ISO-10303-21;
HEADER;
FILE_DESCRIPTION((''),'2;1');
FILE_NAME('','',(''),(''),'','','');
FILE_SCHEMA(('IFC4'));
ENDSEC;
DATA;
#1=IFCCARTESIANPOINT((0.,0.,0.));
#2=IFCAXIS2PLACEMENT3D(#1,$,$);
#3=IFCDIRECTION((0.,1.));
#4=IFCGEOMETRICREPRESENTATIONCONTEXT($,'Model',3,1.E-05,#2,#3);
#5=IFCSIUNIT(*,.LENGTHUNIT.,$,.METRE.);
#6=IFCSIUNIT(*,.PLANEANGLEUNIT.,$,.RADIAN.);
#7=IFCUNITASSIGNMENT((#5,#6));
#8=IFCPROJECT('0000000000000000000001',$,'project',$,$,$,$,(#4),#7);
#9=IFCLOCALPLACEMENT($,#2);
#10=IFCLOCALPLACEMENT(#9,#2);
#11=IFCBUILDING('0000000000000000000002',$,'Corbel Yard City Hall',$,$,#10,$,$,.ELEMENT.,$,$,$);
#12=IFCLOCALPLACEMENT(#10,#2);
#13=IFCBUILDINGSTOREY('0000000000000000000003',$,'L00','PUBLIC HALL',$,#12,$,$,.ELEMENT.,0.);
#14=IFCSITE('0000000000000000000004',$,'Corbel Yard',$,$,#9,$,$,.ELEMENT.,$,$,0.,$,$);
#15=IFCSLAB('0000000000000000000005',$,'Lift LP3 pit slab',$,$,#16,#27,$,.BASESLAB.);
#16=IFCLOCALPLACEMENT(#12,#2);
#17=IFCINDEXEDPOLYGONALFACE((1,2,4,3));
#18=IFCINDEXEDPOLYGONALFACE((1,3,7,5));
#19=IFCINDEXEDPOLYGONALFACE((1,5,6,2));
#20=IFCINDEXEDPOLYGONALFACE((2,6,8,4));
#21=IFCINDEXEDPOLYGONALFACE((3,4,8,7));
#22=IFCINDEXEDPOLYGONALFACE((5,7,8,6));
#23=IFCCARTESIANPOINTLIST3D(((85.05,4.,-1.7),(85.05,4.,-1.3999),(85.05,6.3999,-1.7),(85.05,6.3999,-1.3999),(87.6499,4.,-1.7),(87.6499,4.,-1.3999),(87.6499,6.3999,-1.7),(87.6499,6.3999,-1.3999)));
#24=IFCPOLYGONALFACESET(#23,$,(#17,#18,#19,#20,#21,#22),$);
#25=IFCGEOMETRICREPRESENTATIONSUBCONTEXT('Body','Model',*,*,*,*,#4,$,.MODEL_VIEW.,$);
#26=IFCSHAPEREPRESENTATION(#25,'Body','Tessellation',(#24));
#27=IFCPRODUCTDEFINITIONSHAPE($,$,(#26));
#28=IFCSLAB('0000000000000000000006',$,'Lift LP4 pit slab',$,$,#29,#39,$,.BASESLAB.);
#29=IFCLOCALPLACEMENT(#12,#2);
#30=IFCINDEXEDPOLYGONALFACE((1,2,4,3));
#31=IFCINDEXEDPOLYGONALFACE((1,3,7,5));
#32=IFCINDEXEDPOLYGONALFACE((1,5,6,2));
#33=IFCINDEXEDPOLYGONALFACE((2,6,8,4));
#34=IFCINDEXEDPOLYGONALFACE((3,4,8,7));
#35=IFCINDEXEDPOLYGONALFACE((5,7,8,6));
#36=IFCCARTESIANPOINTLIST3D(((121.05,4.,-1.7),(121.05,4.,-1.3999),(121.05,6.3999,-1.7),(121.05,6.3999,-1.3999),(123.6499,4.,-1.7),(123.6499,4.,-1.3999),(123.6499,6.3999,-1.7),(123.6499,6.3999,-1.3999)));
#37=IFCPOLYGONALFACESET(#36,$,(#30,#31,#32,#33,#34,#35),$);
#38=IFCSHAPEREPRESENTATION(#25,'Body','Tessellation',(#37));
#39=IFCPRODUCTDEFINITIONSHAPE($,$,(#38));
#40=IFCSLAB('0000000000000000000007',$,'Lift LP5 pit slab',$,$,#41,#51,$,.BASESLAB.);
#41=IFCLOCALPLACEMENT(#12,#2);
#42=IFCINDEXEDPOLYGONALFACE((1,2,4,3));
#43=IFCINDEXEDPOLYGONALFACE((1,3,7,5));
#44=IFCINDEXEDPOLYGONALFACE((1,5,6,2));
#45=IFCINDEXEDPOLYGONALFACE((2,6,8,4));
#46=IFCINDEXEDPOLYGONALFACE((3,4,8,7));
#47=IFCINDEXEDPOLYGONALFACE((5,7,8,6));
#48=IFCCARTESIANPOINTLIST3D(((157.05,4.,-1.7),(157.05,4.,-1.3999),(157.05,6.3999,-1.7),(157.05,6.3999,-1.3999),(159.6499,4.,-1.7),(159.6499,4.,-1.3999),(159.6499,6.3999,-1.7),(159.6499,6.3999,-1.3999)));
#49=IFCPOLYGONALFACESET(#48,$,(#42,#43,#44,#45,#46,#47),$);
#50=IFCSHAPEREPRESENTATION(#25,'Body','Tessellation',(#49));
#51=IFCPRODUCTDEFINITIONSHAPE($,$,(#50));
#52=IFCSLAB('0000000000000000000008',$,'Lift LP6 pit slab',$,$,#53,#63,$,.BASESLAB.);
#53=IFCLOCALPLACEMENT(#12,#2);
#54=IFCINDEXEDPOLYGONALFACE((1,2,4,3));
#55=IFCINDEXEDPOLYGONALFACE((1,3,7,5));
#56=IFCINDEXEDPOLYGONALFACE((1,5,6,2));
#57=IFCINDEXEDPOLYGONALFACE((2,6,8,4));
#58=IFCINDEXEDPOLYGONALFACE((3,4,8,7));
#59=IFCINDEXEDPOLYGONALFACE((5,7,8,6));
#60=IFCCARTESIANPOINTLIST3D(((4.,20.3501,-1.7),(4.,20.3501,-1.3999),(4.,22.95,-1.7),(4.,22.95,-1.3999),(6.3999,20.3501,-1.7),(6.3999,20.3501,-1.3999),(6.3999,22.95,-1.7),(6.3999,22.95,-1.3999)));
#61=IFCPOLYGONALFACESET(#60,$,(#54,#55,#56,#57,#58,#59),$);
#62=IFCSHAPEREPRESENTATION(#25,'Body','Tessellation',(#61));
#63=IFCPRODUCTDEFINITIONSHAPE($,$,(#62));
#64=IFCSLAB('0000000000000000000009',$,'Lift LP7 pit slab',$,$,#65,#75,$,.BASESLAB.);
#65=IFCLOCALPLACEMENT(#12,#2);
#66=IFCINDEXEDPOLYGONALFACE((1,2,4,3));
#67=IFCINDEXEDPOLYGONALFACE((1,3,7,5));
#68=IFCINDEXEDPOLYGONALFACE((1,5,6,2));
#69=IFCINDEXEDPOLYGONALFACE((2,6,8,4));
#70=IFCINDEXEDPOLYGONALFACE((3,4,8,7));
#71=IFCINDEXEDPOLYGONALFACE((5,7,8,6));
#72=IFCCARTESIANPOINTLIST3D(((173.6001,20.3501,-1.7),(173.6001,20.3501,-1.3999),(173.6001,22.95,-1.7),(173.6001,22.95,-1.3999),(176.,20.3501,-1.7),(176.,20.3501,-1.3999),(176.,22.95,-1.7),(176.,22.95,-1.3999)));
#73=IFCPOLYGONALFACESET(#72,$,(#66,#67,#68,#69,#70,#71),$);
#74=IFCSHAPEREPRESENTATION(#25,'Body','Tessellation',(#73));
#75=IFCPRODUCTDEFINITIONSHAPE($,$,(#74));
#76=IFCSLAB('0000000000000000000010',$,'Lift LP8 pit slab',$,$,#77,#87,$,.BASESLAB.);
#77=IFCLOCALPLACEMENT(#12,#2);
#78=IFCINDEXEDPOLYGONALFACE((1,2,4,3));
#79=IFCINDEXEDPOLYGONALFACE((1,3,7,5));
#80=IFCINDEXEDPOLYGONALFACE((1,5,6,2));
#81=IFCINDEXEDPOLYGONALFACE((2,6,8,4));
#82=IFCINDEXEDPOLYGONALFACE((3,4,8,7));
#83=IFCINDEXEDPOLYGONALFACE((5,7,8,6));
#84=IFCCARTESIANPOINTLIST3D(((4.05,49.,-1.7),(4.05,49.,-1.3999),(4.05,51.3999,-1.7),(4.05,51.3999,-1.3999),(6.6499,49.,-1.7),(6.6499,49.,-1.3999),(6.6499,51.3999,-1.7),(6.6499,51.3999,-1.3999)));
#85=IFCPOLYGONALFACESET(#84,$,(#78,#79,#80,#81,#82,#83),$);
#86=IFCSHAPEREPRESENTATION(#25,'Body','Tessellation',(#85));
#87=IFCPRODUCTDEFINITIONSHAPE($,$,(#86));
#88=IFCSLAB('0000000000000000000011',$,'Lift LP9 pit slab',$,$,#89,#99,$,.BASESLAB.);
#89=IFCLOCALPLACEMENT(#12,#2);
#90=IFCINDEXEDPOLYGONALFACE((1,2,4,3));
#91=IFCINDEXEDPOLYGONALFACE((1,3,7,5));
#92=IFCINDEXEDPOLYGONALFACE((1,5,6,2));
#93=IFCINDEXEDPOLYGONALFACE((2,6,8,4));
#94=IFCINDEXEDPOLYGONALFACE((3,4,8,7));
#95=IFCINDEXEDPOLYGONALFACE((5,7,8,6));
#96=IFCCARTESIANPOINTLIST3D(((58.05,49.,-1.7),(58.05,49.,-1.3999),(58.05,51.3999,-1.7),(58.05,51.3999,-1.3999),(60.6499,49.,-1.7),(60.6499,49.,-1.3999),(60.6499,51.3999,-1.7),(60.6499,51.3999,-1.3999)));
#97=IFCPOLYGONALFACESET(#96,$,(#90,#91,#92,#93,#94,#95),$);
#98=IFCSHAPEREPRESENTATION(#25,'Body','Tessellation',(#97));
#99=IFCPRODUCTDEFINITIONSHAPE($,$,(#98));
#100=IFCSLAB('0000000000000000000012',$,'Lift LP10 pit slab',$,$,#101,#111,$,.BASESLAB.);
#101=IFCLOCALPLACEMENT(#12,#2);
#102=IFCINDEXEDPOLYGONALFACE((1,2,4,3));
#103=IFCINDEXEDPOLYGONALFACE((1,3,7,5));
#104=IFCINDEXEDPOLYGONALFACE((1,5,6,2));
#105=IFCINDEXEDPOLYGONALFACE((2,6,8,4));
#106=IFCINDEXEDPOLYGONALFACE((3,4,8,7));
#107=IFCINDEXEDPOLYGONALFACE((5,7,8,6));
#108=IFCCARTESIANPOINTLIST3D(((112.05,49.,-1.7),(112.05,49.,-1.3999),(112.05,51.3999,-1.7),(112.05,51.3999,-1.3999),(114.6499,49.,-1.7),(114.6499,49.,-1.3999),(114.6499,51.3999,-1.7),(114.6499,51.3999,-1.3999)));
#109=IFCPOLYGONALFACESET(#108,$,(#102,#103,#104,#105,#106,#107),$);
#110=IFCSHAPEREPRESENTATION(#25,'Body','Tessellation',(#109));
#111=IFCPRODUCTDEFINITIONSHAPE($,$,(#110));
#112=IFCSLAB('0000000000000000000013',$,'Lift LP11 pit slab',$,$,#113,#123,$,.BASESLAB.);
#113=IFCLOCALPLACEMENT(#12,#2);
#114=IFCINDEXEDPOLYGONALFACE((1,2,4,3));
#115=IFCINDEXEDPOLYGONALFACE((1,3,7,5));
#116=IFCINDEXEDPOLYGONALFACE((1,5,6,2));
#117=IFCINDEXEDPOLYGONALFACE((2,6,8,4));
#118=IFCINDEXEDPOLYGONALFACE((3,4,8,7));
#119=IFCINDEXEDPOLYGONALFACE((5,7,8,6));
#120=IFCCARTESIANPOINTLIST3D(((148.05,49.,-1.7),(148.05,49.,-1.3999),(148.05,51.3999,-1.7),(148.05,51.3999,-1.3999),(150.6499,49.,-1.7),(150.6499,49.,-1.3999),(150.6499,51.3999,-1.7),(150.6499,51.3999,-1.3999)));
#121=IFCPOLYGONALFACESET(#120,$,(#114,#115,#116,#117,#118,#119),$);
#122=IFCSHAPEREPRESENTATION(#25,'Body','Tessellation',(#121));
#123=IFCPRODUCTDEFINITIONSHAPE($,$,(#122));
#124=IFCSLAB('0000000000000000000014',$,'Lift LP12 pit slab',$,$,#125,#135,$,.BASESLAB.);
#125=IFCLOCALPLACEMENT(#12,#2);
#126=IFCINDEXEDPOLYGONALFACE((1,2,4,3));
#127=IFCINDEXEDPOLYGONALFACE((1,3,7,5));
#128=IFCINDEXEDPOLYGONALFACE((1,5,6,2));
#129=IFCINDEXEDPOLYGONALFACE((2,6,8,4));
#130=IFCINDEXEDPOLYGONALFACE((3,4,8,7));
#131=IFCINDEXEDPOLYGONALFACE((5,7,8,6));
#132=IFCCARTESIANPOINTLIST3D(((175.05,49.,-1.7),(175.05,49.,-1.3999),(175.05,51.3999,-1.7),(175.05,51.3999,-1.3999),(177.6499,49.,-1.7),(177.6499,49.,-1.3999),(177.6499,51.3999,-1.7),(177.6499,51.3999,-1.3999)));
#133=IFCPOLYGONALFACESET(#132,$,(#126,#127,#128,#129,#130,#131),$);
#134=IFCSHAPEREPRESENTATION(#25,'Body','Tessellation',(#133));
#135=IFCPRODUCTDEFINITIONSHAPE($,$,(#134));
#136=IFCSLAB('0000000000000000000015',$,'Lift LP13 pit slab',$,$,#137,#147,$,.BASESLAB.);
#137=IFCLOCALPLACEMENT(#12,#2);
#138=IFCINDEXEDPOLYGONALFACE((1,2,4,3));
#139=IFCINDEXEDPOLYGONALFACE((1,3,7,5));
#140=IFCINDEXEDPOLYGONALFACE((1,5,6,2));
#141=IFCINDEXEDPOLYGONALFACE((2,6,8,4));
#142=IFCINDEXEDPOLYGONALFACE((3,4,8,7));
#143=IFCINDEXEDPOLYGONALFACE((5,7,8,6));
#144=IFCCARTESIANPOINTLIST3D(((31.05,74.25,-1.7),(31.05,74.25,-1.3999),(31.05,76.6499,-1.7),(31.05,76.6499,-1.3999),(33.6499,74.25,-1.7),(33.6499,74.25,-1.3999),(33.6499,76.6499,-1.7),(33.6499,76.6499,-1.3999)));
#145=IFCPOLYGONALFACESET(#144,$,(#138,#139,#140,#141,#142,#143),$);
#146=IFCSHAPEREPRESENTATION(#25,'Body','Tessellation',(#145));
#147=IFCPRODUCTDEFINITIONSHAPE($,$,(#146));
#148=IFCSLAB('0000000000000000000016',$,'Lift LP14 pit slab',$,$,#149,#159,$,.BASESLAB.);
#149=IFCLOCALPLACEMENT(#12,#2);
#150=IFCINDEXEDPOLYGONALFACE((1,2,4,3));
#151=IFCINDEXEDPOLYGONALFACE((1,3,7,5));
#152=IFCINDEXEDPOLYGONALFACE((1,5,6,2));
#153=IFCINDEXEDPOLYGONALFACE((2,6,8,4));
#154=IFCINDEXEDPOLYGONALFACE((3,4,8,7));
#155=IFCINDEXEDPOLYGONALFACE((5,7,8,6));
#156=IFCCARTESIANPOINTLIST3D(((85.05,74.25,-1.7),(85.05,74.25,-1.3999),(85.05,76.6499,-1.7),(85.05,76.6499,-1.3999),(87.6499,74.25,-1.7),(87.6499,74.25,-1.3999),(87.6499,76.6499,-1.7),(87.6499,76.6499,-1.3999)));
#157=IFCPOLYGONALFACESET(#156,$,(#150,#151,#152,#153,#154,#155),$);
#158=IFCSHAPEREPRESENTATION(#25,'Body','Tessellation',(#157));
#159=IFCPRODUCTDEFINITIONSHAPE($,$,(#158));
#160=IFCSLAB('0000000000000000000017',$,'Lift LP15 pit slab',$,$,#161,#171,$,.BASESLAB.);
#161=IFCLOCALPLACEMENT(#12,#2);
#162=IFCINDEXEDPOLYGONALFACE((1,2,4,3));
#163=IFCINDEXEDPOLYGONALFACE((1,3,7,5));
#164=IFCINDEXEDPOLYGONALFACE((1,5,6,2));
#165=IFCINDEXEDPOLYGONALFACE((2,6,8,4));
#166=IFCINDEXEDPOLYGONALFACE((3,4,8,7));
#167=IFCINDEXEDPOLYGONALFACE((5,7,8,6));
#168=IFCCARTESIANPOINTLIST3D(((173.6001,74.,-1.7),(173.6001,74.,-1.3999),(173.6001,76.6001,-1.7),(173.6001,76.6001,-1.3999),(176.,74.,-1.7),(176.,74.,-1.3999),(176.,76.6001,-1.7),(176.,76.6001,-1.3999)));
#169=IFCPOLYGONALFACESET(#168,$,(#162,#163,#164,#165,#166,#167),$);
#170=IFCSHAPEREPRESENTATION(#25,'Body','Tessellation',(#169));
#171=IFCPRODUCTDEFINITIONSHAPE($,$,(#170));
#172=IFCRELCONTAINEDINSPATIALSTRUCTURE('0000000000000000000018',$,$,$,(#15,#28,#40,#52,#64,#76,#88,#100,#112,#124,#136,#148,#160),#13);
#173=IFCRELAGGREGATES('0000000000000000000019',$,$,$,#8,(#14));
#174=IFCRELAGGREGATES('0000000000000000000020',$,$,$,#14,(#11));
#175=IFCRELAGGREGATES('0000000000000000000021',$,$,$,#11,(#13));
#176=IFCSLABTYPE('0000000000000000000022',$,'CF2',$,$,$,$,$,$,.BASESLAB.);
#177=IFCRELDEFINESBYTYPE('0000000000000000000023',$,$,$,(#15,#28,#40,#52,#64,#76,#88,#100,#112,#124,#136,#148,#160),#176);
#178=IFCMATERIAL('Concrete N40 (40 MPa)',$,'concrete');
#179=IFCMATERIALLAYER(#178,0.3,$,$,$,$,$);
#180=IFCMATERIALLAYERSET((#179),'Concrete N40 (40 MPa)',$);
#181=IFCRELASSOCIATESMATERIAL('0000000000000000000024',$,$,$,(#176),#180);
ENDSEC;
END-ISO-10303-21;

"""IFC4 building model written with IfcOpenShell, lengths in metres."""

from ifc_helpers import new_model, si_unit, direction, frame, origin, place, context, subcontext, project, spatial, polyline, outline, extrude, material, layer, layer_set, type_object, element, save


model = new_model("IFC4")

# Units and contexts
model_context = context("Model", 3, precision=1e-05, world=origin(), true_north=direction((0.0, 1.0)))
body_context = subcontext(model_context, "Body", "Model", "MODEL_VIEW")
ifc_project = project(units=[si_unit("LENGTHUNIT", "METRE"), si_unit("PLANEANGLEUNIT", "RADIAN")], contexts=[model_context])

# Site, building, storey
site_placement = place(None, origin())
site = spatial("IfcSite", under=ifc_project, at=site_placement, Name="Corbel Yard", CompositionType="ELEMENT", RefElevation=0.0)
building_placement = place(site_placement, origin())
building = spatial("IfcBuilding", under=site, at=building_placement, Name="Corbel Yard City Hall", CompositionType="ELEMENT")
storey_placement = place(building_placement, origin())
storey = spatial("IfcBuildingStorey", under=building, at=storey_placement, Name="L00", Description="PUBLIC HALL", CompositionType="ELEMENT", Elevation=0.0)

# Shared definitions
ifc_material = material(Name="Concrete N40 (40 MPa)", Category="concrete")

# Slabs
ifc_layer = layer(ifc_material, 0.3)
ifc_layer_set = layer_set([ifc_layer], Name="Concrete N40 (40 MPa)")
slab_type = type_object("IfcSlabType", Name="CF2", PredefinedType="BASESLAB", material=ifc_layer_set)
slab_1_placement = place(storey_placement, frame((0.0, 0.0, -1.7)))
element("IfcSlab", 1, at=slab_1_placement, inside=storey, type_object=slab_type, Name="Lift LP3 pit slab", PredefinedType="BASESLAB", context=body_context, shape_type="SweptSolid", body=[
    extrude(outline(polyline([(85.05, 4.0), (87.6499, 4.0), (87.6499, 6.3999), (85.05, 6.3999), (85.05, 4.0)])), origin(), (0.0, 0.0, 1.0), 0.3),
])
slab_2_placement = place(storey_placement, frame((0.0, 0.0, -1.7)))
element("IfcSlab", 2, at=slab_2_placement, inside=storey, type_object=slab_type, Name="Lift LP4 pit slab", PredefinedType="BASESLAB", context=body_context, shape_type="SweptSolid", body=[
    extrude(outline(polyline([(121.05, 4.0), (123.6499, 4.0), (123.6499, 6.3999), (121.05, 6.3999), (121.05, 4.0)])), origin(), (0.0, 0.0, 1.0), 0.3),
])
slab_3_placement = place(storey_placement, frame((0.0, 0.0, -1.7)))
element("IfcSlab", 3, at=slab_3_placement, inside=storey, type_object=slab_type, Name="Lift LP5 pit slab", PredefinedType="BASESLAB", context=body_context, shape_type="SweptSolid", body=[
    extrude(outline(polyline([(157.05, 4.0), (159.6499, 4.0), (159.6499, 6.3999), (157.05, 6.3999), (157.05, 4.0)])), origin(), (0.0, 0.0, 1.0), 0.3),
])
slab_4_placement = place(storey_placement, frame((0.0, 0.0, -1.7)))
element("IfcSlab", 4, at=slab_4_placement, inside=storey, type_object=slab_type, Name="Lift LP6 pit slab", PredefinedType="BASESLAB", context=body_context, shape_type="SweptSolid", body=[
    extrude(outline(polyline([(4.0, 20.3501), (6.3999, 20.3501), (6.3999, 22.95), (4.0, 22.95), (4.0, 20.3501)])), origin(), (0.0, 0.0, 1.0), 0.3),
])
slab_5_placement = place(storey_placement, frame((0.0, 0.0, -1.7)))
element("IfcSlab", 5, at=slab_5_placement, inside=storey, type_object=slab_type, Name="Lift LP7 pit slab", PredefinedType="BASESLAB", context=body_context, shape_type="SweptSolid", body=[
    extrude(outline(polyline([(173.6001, 20.3501), (176.0, 20.3501), (176.0, 22.95), (173.6001, 22.95), (173.6001, 20.3501)])), origin(), (0.0, 0.0, 1.0), 0.3),
])
slab_6_placement = place(storey_placement, frame((0.0, 0.0, -1.7)))
element("IfcSlab", 6, at=slab_6_placement, inside=storey, type_object=slab_type, Name="Lift LP8 pit slab", PredefinedType="BASESLAB", context=body_context, shape_type="SweptSolid", body=[
    extrude(outline(polyline([(4.05, 49.0), (6.6499, 49.0), (6.6499, 51.3999), (4.05, 51.3999), (4.05, 49.0)])), origin(), (0.0, 0.0, 1.0), 0.3),
])
slab_7_placement = place(storey_placement, frame((0.0, 0.0, -1.7)))
element("IfcSlab", 7, at=slab_7_placement, inside=storey, type_object=slab_type, Name="Lift LP9 pit slab", PredefinedType="BASESLAB", context=body_context, shape_type="SweptSolid", body=[
    extrude(outline(polyline([(58.05, 49.0), (60.6499, 49.0), (60.6499, 51.3999), (58.05, 51.3999), (58.05, 49.0)])), origin(), (0.0, 0.0, 1.0), 0.3),
])
slab_8_placement = place(storey_placement, frame((0.0, 0.0, -1.7)))
element("IfcSlab", 8, at=slab_8_placement, inside=storey, type_object=slab_type, Name="Lift LP10 pit slab", PredefinedType="BASESLAB", context=body_context, shape_type="SweptSolid", body=[
    extrude(outline(polyline([(112.05, 49.0), (114.6499, 49.0), (114.6499, 51.3999), (112.05, 51.3999), (112.05, 49.0)])), origin(), (0.0, 0.0, 1.0), 0.3),
])
slab_9_placement = place(storey_placement, frame((0.0, 0.0, -1.7)))
element("IfcSlab", 9, at=slab_9_placement, inside=storey, type_object=slab_type, Name="Lift LP11 pit slab", PredefinedType="BASESLAB", context=body_context, shape_type="SweptSolid", body=[
    extrude(outline(polyline([(148.05, 49.0), (150.6499, 49.0), (150.6499, 51.3999), (148.05, 51.3999), (148.05, 49.0)])), origin(), (0.0, 0.0, 1.0), 0.3),
])
slab_10_placement = place(storey_placement, frame((0.0, 0.0, -1.7)))
element("IfcSlab", 10, at=slab_10_placement, inside=storey, type_object=slab_type, Name="Lift LP12 pit slab", PredefinedType="BASESLAB", context=body_context, shape_type="SweptSolid", body=[
    extrude(outline(polyline([(175.05, 49.0), (177.6499, 49.0), (177.6499, 51.3999), (175.05, 51.3999), (175.05, 49.0)])), origin(), (0.0, 0.0, 1.0), 0.3),
])
slab_11_placement = place(storey_placement, frame((0.0, 0.0, -1.7)))
element("IfcSlab", 11, at=slab_11_placement, inside=storey, type_object=slab_type, Name="Lift LP13 pit slab", PredefinedType="BASESLAB", context=body_context, shape_type="SweptSolid", body=[
    extrude(outline(polyline([(31.05, 74.25), (33.6499, 74.25), (33.6499, 76.6499), (31.05, 76.6499), (31.05, 74.25)])), origin(), (0.0, 0.0, 1.0), 0.3),
])
slab_12_placement = place(storey_placement, frame((0.0, 0.0, -1.7)))
element("IfcSlab", 12, at=slab_12_placement, inside=storey, type_object=slab_type, Name="Lift LP14 pit slab", PredefinedType="BASESLAB", context=body_context, shape_type="SweptSolid", body=[
    extrude(outline(polyline([(85.05, 74.25), (87.6499, 74.25), (87.6499, 76.6499), (85.05, 76.6499), (85.05, 74.25)])), origin(), (0.0, 0.0, 1.0), 0.3),
])
slab_13_placement = place(storey_placement, frame((0.0, 0.0, -1.7)))
element("IfcSlab", 13, at=slab_13_placement, inside=storey, type_object=slab_type, Name="Lift LP15 pit slab", PredefinedType="BASESLAB", context=body_context, shape_type="SweptSolid", body=[
    extrude(outline(polyline([(173.6001, 74.0), (176.0, 74.0), (176.0, 76.6001), (173.6001, 76.6001), (173.6001, 74.0)])), origin(), (0.0, 0.0, 1.0), 0.3),
])

save(model, "model.ifc")
